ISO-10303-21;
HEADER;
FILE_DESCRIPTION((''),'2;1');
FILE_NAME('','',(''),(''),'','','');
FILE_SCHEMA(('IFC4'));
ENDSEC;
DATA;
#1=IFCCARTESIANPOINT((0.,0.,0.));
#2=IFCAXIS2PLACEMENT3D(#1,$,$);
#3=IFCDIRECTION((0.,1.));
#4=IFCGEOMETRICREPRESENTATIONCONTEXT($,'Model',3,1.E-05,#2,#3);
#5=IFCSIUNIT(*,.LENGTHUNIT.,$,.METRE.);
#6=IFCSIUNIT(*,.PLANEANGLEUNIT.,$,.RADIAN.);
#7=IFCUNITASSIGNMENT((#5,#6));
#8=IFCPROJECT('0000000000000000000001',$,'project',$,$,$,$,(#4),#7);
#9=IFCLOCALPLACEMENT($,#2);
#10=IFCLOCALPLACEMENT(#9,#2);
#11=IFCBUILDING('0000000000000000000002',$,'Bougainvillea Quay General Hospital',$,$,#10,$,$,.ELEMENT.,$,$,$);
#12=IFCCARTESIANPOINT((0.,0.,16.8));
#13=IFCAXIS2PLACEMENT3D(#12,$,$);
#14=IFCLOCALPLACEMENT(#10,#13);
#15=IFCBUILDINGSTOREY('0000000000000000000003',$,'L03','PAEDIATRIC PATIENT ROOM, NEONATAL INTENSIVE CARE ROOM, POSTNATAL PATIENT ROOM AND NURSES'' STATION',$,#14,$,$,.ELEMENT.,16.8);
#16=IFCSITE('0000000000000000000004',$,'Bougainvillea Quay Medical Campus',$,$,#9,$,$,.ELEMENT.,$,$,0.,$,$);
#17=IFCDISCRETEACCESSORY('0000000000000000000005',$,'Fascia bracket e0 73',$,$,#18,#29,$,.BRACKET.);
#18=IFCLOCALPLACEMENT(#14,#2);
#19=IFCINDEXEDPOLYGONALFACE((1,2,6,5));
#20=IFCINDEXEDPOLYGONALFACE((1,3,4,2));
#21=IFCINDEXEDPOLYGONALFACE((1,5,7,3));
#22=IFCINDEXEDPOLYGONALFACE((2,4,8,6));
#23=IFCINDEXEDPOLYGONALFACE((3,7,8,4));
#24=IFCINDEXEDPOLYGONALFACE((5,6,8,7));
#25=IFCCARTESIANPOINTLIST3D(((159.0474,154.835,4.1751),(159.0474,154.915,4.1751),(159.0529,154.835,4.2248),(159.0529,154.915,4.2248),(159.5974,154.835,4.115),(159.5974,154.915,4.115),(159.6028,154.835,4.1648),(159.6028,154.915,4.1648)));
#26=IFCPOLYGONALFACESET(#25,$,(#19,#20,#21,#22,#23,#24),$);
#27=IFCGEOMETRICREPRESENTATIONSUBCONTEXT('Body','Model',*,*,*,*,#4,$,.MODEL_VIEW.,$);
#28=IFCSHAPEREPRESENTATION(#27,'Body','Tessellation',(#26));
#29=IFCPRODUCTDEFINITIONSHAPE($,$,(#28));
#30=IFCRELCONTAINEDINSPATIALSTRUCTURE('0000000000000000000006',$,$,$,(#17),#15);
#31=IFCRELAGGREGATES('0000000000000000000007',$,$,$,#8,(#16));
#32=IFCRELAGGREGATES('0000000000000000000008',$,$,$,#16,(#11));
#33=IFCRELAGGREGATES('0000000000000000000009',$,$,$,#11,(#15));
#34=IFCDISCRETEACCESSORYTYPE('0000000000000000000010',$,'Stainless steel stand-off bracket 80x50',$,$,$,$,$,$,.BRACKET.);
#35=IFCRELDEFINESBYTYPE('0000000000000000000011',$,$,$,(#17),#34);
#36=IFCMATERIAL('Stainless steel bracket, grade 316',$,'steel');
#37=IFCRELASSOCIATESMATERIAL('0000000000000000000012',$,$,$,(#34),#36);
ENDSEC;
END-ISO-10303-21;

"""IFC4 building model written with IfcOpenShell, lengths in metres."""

from ifc_helpers import new_model, si_unit, direction, frame, origin, origin_2d, place, context, subcontext, project, spatial, rectangle, extrude, material, material_profile, profile_set, type_object, element, save


model = new_model("IFC4")

# Units and contexts
model_context = context("Model", 3, precision=1e-05, world=origin(), true_north=direction((0.0, 1.0)))
body_context = subcontext(model_context, "Body", "Model", "MODEL_VIEW")
ifc_project = project(units=[si_unit("LENGTHUNIT", "METRE"), si_unit("PLANEANGLEUNIT", "RADIAN")], contexts=[model_context])

# Site, building, storey
site_placement = place(None, origin())
site = spatial("IfcSite", under=ifc_project, at=site_placement, Name="Bougainvillea Quay Medical Campus", CompositionType="ELEMENT", RefElevation=0.0)
building_placement = place(site_placement, origin())
building = spatial("IfcBuilding", under=site, at=building_placement, Name="Bougainvillea Quay General Hospital", CompositionType="ELEMENT")
storey_placement = place(building_placement, frame((0.0, 0.0, 16.8)))
storey = spatial("IfcBuildingStorey", under=building, at=storey_placement, Name="L03", Description="PAEDIATRIC PATIENT ROOM, NEONATAL INTENSIVE CARE ROOM, POSTNATAL PATIENT ROOM AND NURSES' STATION", CompositionType="ELEMENT", Elevation=16.8)

# Discrete accessory
ifc_material_1 = material(Name="Stainless steel bracket, grade 316", Category="steel")
ifc_material_profile_1 = material_profile(ifc_material_1, rectangle(XDim=0.0801, YDim=0.05, at=origin_2d()))
ifc_profile_set_1 = profile_set([ifc_material_profile_1], Name="Stainless steel bracket, grade 316")
discrete_accessory_type = type_object("IfcDiscreteAccessoryType", Name="Stainless steel stand-off bracket 80x50", PredefinedType="BRACKET", material=ifc_profile_set_1)
for number, where, z_axis, x_axis, name in (
    (1, (159.6001, 154.875, 4.1399), (-0.994092, 0.0, 0.108543), (0.0, -1.0, 0.0), "Fascia bracket e0 73"),
):
    element("IfcDiscreteAccessory", number, at=place(storey_placement, frame(where, z_axis=z_axis, x_axis=x_axis)), inside=storey, type_object=discrete_accessory_type, Name=name, PredefinedType="BRACKET", context=body_context, shape_type="SweptSolid", body=[
        extrude(rectangle(XDim=0.0801, YDim=0.05, at=origin_2d()), origin(), (0.0, 0.0, 1.0), 0.5532),
    ])

save(model, "model.ifc")
